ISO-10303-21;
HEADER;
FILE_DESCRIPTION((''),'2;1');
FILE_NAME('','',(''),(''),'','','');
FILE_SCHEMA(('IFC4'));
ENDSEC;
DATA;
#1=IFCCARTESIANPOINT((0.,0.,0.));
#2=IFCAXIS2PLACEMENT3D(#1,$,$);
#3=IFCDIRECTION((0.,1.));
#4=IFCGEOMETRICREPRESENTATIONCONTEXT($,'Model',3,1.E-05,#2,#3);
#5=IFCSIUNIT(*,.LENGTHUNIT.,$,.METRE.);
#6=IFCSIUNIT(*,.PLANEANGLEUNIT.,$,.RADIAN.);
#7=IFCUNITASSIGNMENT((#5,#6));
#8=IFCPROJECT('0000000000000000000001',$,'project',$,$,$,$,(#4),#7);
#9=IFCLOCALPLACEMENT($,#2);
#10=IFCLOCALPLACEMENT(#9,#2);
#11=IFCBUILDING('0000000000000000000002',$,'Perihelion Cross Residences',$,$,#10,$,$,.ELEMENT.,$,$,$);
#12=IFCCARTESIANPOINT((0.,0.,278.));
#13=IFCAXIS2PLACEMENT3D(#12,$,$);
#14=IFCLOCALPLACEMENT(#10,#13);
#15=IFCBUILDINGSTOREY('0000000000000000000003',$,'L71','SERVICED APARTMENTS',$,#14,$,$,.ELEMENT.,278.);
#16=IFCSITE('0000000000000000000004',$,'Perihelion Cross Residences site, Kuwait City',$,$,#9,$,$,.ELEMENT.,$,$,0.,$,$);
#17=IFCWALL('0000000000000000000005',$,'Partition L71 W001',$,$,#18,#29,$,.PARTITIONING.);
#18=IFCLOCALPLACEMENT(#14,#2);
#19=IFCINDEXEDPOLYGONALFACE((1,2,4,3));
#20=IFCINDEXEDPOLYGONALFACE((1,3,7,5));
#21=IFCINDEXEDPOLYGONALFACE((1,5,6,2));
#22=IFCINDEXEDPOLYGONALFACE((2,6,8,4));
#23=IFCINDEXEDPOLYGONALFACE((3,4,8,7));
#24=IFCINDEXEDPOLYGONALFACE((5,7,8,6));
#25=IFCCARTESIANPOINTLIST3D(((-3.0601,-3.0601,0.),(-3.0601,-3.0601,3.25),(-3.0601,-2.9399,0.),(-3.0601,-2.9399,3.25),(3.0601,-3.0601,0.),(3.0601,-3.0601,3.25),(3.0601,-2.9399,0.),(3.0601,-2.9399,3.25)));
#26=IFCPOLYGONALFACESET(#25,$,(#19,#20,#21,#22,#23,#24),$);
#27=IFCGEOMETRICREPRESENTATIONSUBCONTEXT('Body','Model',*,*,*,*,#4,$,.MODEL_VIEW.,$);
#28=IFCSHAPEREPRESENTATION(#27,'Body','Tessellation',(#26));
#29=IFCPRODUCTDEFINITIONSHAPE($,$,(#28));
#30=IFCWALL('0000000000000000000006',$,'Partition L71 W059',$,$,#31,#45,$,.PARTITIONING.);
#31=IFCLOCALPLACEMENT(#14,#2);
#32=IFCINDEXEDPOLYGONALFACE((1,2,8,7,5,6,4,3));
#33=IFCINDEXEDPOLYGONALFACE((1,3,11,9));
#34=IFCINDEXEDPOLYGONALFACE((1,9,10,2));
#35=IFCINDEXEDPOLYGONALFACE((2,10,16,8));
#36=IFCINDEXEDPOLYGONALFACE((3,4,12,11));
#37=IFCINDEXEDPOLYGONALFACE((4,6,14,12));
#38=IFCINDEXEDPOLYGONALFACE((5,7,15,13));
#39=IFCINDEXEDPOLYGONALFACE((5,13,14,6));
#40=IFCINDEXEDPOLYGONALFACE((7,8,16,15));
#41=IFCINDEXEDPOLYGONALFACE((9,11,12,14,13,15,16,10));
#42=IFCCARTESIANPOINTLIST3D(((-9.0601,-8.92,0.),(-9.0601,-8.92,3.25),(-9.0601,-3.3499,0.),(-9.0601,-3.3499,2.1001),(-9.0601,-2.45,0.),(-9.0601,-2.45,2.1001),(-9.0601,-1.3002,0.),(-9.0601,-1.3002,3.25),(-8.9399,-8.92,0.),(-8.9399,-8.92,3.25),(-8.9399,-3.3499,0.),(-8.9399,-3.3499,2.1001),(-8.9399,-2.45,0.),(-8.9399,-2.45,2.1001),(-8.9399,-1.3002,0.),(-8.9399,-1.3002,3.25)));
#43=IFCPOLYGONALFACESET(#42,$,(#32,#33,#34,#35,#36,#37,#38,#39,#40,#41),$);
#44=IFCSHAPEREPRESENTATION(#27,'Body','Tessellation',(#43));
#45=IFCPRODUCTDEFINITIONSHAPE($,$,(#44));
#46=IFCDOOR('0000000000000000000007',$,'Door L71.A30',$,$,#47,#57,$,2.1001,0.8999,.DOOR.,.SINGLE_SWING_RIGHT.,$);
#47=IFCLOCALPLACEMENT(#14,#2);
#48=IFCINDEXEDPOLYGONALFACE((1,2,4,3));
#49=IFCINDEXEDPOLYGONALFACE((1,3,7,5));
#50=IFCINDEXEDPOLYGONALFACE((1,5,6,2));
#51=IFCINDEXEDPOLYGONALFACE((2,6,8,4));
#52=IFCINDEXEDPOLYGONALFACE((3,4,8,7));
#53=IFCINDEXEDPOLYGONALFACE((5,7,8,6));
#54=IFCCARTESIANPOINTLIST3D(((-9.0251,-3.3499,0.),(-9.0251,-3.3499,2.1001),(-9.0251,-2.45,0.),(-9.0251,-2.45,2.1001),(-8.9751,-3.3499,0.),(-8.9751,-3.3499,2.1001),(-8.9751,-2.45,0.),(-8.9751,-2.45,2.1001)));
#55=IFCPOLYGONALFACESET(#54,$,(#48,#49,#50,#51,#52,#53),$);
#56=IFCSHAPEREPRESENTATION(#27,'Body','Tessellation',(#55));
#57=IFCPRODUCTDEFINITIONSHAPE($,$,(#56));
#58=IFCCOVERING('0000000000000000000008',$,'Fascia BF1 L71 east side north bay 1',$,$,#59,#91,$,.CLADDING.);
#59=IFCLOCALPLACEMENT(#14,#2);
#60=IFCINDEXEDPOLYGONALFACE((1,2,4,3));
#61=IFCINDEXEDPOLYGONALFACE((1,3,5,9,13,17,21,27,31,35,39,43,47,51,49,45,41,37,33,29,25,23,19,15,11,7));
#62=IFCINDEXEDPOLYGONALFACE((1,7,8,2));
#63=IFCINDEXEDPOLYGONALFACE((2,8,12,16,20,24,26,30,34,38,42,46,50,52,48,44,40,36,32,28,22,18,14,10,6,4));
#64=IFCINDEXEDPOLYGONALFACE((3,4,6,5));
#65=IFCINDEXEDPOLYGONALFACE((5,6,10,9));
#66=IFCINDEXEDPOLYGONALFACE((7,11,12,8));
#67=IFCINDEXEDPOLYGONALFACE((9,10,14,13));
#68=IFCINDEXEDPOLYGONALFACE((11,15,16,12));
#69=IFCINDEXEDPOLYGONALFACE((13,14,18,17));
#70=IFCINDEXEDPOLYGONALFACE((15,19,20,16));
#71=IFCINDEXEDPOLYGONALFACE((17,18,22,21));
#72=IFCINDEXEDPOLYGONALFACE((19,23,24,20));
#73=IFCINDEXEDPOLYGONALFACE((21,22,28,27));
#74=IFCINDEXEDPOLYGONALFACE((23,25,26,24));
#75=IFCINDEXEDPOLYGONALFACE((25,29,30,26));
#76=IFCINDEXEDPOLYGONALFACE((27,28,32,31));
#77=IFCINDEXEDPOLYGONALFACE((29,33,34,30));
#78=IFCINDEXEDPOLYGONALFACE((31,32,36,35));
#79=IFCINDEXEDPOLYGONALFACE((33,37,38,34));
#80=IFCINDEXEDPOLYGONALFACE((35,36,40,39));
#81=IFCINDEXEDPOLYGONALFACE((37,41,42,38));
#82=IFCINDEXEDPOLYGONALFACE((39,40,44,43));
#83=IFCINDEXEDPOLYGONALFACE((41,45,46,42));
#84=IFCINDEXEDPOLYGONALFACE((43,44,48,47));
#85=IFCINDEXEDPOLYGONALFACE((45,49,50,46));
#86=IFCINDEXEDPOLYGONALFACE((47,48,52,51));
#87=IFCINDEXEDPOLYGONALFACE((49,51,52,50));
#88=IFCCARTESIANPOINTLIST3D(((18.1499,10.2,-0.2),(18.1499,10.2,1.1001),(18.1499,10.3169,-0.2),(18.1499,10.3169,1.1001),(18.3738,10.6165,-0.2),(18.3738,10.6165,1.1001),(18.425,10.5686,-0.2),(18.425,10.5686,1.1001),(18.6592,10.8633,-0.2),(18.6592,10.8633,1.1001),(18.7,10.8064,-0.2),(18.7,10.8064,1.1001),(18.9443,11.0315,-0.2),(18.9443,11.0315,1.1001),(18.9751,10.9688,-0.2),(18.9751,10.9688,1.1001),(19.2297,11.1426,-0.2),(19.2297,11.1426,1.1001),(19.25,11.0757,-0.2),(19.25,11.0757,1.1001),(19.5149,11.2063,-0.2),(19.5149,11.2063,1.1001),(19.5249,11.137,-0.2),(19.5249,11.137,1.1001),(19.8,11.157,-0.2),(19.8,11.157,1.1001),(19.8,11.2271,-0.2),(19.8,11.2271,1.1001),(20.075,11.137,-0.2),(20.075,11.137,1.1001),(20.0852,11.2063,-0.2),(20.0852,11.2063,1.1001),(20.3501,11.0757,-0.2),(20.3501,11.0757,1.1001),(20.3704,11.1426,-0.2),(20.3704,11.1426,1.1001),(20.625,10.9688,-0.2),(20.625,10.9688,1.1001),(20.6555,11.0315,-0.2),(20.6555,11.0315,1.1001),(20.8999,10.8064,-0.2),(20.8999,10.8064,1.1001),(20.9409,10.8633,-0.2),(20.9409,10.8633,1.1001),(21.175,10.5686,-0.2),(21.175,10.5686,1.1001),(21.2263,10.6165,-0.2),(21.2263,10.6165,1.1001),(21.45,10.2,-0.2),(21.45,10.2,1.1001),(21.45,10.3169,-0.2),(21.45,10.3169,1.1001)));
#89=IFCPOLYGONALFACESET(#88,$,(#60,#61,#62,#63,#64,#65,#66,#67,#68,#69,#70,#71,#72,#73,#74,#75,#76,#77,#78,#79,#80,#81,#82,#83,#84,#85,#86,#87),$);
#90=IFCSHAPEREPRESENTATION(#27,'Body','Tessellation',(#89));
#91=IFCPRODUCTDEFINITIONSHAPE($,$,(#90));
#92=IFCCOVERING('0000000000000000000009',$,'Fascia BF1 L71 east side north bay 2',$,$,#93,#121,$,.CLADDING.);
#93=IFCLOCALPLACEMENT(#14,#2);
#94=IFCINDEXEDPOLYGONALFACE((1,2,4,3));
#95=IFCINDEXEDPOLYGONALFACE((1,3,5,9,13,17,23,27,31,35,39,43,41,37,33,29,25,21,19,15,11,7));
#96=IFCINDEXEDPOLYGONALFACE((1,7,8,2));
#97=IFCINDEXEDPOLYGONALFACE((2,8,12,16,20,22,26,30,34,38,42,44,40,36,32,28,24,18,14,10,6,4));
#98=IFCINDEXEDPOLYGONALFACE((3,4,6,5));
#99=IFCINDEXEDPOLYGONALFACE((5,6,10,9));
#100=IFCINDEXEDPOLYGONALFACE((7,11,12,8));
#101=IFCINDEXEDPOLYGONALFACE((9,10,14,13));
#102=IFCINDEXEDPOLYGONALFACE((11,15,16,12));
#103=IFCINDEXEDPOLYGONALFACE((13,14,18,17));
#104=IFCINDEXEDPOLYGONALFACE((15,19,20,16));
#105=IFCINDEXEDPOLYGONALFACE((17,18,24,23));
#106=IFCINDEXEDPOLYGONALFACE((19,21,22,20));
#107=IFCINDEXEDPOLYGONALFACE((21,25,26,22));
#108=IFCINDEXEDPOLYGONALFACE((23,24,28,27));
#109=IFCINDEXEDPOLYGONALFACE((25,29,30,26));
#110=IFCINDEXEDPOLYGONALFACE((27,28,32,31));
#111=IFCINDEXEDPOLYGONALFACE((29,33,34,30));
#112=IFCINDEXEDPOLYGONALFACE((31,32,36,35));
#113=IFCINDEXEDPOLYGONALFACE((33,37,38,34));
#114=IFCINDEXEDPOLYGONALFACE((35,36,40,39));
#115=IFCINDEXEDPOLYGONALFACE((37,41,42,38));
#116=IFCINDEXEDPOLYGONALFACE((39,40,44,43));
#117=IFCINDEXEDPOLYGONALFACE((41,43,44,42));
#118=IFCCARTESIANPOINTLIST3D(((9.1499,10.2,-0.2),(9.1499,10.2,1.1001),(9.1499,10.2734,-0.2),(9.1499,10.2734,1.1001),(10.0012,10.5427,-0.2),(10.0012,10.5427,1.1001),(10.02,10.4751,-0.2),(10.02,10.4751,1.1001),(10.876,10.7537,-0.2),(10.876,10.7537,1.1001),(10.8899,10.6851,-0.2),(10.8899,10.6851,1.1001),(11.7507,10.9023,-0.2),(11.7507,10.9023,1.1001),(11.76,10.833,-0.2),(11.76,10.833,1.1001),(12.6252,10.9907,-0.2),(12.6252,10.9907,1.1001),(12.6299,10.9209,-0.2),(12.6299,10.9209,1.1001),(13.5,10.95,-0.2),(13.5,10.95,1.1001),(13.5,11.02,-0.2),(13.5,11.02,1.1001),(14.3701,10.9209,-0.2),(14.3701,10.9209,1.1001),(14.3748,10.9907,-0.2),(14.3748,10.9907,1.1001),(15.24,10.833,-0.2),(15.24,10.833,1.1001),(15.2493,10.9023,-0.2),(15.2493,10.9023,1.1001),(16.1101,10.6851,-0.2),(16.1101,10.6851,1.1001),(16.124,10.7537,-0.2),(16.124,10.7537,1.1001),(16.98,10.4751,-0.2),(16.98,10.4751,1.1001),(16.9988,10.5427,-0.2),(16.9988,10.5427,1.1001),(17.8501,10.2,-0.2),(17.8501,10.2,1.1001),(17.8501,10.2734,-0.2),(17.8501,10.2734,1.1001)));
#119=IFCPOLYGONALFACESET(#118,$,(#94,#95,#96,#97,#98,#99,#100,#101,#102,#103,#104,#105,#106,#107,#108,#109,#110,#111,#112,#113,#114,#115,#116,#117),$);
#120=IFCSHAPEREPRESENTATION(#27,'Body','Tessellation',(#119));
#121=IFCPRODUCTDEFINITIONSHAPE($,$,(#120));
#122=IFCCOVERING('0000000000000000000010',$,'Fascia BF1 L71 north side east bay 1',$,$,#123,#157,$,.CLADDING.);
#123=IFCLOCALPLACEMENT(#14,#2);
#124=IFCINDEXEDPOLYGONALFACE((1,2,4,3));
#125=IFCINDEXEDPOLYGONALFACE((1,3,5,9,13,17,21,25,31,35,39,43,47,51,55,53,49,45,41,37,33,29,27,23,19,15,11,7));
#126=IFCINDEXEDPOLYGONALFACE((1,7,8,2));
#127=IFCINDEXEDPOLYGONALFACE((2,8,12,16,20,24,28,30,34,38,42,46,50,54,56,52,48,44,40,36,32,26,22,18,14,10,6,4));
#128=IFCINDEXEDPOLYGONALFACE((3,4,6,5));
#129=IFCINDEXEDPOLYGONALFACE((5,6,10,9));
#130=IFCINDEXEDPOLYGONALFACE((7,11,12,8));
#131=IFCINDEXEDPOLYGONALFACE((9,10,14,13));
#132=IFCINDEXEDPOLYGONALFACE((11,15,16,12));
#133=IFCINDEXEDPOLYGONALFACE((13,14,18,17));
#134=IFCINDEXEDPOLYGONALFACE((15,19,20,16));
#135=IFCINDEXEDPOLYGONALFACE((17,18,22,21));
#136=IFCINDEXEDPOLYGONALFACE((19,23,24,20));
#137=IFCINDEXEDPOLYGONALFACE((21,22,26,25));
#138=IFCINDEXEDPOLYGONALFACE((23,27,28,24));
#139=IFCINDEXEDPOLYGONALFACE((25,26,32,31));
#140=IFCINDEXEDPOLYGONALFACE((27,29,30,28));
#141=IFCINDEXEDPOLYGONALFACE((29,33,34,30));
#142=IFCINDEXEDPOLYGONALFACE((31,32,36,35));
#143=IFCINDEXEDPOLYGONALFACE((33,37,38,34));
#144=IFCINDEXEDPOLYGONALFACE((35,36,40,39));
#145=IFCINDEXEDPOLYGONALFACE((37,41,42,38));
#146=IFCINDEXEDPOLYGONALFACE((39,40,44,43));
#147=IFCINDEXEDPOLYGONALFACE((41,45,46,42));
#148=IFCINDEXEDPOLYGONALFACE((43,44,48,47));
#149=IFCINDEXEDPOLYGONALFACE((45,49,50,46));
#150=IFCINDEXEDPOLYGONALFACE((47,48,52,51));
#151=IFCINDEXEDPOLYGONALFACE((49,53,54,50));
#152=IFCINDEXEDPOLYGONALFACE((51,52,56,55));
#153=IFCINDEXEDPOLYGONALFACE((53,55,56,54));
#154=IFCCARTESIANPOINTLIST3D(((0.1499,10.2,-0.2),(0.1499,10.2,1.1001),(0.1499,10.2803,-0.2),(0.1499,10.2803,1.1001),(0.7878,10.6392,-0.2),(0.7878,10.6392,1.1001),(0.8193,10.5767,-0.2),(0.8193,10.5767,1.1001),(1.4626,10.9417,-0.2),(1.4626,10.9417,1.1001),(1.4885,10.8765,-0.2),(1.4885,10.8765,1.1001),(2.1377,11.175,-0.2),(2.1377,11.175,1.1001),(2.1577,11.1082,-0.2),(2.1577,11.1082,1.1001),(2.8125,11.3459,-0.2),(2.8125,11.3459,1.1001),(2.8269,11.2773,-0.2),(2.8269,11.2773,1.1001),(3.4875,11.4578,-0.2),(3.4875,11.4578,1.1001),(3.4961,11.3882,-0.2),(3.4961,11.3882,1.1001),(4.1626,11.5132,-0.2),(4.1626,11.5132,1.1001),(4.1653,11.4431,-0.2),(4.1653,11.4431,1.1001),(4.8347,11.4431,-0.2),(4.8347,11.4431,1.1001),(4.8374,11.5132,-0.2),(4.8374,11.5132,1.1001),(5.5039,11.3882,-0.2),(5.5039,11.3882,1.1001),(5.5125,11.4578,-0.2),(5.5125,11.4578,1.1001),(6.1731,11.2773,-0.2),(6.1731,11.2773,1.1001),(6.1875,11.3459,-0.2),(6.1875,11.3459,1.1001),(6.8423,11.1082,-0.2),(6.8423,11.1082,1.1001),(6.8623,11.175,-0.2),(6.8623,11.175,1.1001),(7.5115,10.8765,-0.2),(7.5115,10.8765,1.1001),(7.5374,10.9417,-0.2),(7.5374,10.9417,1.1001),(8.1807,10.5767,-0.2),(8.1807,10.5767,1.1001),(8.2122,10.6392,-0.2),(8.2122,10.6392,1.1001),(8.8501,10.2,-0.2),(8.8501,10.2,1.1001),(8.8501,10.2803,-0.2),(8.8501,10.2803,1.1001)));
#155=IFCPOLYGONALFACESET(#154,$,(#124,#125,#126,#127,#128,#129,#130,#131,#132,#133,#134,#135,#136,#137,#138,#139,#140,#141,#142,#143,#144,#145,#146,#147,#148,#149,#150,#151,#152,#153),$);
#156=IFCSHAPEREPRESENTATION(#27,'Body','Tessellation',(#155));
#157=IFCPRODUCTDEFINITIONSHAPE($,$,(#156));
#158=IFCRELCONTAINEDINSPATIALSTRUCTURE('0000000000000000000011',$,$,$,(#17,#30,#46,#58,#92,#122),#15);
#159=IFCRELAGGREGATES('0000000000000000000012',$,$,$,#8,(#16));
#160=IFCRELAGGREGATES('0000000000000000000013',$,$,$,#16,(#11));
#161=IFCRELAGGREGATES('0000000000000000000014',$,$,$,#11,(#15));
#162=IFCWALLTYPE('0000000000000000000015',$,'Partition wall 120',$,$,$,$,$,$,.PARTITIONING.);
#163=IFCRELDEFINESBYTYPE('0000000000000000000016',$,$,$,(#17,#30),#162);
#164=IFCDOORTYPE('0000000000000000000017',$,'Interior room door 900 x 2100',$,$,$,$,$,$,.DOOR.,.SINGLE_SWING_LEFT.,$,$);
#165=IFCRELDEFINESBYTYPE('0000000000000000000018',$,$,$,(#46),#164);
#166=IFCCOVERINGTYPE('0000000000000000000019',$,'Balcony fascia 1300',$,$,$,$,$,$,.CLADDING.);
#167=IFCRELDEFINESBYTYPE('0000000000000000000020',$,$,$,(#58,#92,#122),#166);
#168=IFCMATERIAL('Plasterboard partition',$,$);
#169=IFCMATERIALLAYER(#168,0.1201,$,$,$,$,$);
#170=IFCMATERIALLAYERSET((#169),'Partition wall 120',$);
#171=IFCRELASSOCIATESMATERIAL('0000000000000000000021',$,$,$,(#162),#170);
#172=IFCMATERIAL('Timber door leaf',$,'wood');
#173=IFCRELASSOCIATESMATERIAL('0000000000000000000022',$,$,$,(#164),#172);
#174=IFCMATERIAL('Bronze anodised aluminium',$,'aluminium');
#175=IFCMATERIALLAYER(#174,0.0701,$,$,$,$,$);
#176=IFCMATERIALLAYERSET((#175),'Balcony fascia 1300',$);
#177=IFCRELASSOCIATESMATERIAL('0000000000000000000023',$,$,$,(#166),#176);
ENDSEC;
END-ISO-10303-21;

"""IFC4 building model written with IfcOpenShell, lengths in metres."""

from ifc_helpers import new_model, si_unit, direction, frame, frame_2d, origin, place, context, subcontext, project, spatial, polyline, rectangle, outline, extrude, material, layer, layer_set, type_object, element, fill, save


model = new_model("IFC4")

# Units and contexts
model_context = context("Model", 3, precision=1e-05, world=origin(), true_north=direction((0.0, 1.0)))
body_context = subcontext(model_context, "Body", "Model", "MODEL_VIEW")
ifc_project = project(units=[si_unit("LENGTHUNIT", "METRE"), si_unit("PLANEANGLEUNIT", "RADIAN")], contexts=[model_context])

# Site, building, storey
site_placement = place(None, origin())
site = spatial("IfcSite", under=ifc_project, at=site_placement, Name="Perihelion Cross Residences site, Kuwait City", CompositionType="ELEMENT", RefElevation=0.0)
building_placement = place(site_placement, origin())
building = spatial("IfcBuilding", under=site, at=building_placement, Name="Perihelion Cross Residences", CompositionType="ELEMENT")
storey_placement = place(building_placement, frame((0.0, 0.0, 278.0)))
storey = spatial("IfcBuildingStorey", under=building, at=storey_placement, Name="L71", Description="SERVICED APARTMENTS", CompositionType="ELEMENT", Elevation=278.0)

# Wall
ifc_material_1 = material(Name="Plasterboard partition")
ifc_layer_1 = layer(ifc_material_1, 0.1201)
ifc_layer_set_1 = layer_set([ifc_layer_1], Name="Partition wall 120")
wall_type_1 = type_object("IfcWallType", Name="Partition wall 120", PredefinedType="PARTITIONING", material=ifc_layer_set_1)
wall_1_placement = place(storey_placement, frame((-3.0601, -3.0, 0.0), z_axis=(0.0, 0.0, 1.0), x_axis=(1.0, 0.0, 0.0)))
element("IfcWall", 1, at=wall_1_placement, inside=storey, type_object=wall_type_1, Name="Partition L71 W001", PredefinedType="PARTITIONING", context=body_context, shape_type="SweptSolid", body=[
    extrude(rectangle(XDim=6.1201, YDim=0.1201, at=frame_2d((3.0601, 0.0))), origin(), (0.0, 0.0, 1.0), 3.25),
])

# Wall, opening, door
wall_2_placement = place(storey_placement, frame((-9.0, -1.3, 0.0), z_axis=(0.0, 0.0, 1.0), x_axis=(0.0, -1.0, 0.0)))
wall_2 = element("IfcWall", 2, at=wall_2_placement, inside=storey, type_object=wall_type_1, Name="Partition L71 W059", PredefinedType="PARTITIONING", context=body_context, shape_type="SweptSolid", body=[
    extrude(rectangle(XDim=7.6199, YDim=0.1201, at=frame_2d((3.8101, 0.0))), origin(), (0.0, 0.0, 1.0), 3.25),
])
opening_1_placement = place(wall_2_placement, frame((1.1499, 0.0, 0.0)))
opening_1 = element("IfcOpeningElement", 3, at=opening_1_placement, cuts=wall_2, PredefinedType="OPENING", context=body_context, shape_type="SweptSolid", body=[
    extrude(rectangle(XDim=0.8999, YDim=2.1001, at=frame_2d((0.45, 1.05))), frame((0.0, 0.0701, 0.0), z_axis=(0.0, -1.0, 0.0), x_axis=(1.0, 0.0, 0.0)), (0.0, 0.0, 1.0), 0.1401),
])
ifc_material_2 = material(Name="Timber door leaf", Category="wood")
door_type_1 = type_object("IfcDoorType", Name="Interior room door 900 x 2100", OperationType="SINGLE_SWING_LEFT", PredefinedType="DOOR", material=ifc_material_2)
door_1_placement = place(opening_1_placement, origin())
door_1 = element("IfcDoor", 4, at=door_1_placement, inside=storey, type_object=door_type_1, Name="Door L71.A30", OperationType="SINGLE_SWING_RIGHT", OverallHeight=2.1001, OverallWidth=0.8999, PredefinedType="DOOR", context=body_context, shape_type="SweptSolid", body=[
    extrude(rectangle(XDim=0.8999, YDim=2.1001, at=frame_2d((0.45, 1.05))), frame((0.0, 0.0249, 0.0), z_axis=(0.0, -1.0, 0.0), x_axis=(1.0, 0.0, 0.0)), (0.0, 0.0, 1.0), 0.05),
])
fill(opening_1, door_1)

# Coverings
ifc_material_3 = material(Name="Bronze anodised aluminium", Category="aluminium")
ifc_layer_2 = layer(ifc_material_3, 0.0701)
ifc_layer_set_2 = layer_set([ifc_layer_2], Name="Balcony fascia 1300")
covering_type = type_object("IfcCoveringType", Name="Balcony fascia 1300", PredefinedType="CLADDING", material=ifc_layer_set_2)
covering_1_placement = place(storey_placement, frame((0.0, 0.0, -0.2)))
element("IfcCovering", 5, at=covering_1_placement, inside=storey, type_object=covering_type, Name="Fascia BF1 L71 east side north bay 1", PredefinedType="CLADDING", context=body_context, shape_type="SweptSolid", body=[
    extrude(outline(polyline([(21.2263, 10.6165), (20.9409, 10.8633), (20.6555, 11.0315), (20.3704, 11.1426), (20.0852, 11.2063), (19.8, 11.2271), (19.5149, 11.2063), (19.2297, 11.1426), (18.9443, 11.0315), (18.6592, 10.8633), (18.3738, 10.6165), (18.1499, 10.3169), (18.1499, 10.2), (18.425, 10.5686), (18.7, 10.8064), (18.9751, 10.9688), (19.25, 11.0757), (19.5249, 11.137), (19.8, 11.157), (20.075, 11.137), (20.3501, 11.0757), (20.625, 10.9688), (20.8999, 10.8064), (21.175, 10.5686), (21.45, 10.2), (21.45, 10.3169), (21.2263, 10.6165)])), origin(), (0.0, 0.0, 1.0), 1.3),
])
covering_2_placement = place(storey_placement, frame((0.0, 0.0, -0.2)))
element("IfcCovering", 6, at=covering_2_placement, inside=storey, type_object=covering_type, Name="Fascia BF1 L71 east side north bay 2", PredefinedType="CLADDING", context=body_context, shape_type="SweptSolid", body=[
    extrude(outline(polyline([(16.9988, 10.5427), (16.124, 10.7537), (15.2493, 10.9023), (14.3748, 10.9907), (13.5, 11.02), (12.6252, 10.9907), (11.7507, 10.9023), (10.876, 10.7537), (10.0012, 10.5427), (9.1499, 10.2734), (9.1499, 10.2), (10.02, 10.4751), (10.8899, 10.6851), (11.76, 10.833), (12.6299, 10.9209), (13.5, 10.95), (14.3701, 10.9209), (15.24, 10.833), (16.1101, 10.6851), (16.98, 10.4751), (17.8501, 10.2), (17.8501, 10.2734), (16.9988, 10.5427)])), origin(), (0.0, 0.0, 1.0), 1.3),
])
covering_3_placement = place(storey_placement, frame((0.0, 0.0, -0.2)))
element("IfcCovering", 7, at=covering_3_placement, inside=storey, type_object=covering_type, Name="Fascia BF1 L71 north side east bay 1", PredefinedType="CLADDING", context=body_context, shape_type="SweptSolid", body=[
    extrude(outline(polyline([(8.2122, 10.6392), (7.5374, 10.9417), (6.8623, 11.175), (6.1875, 11.3459), (5.5125, 11.4578), (4.8374, 11.5132), (4.1626, 11.5132), (3.4875, 11.4578), (2.8125, 11.3459), (2.1377, 11.175), (1.4626, 10.9417), (0.7878, 10.6392), (0.1499, 10.2803), (0.1499, 10.2), (0.8193, 10.5767), (1.4885, 10.8765), (2.1577, 11.1082), (2.8269, 11.2773), (3.4961, 11.3882), (4.1653, 11.4431), (4.8347, 11.4431), (5.5039, 11.3882), (6.1731, 11.2773), (6.8423, 11.1082), (7.5115, 10.8765), (8.1807, 10.5767), (8.8501, 10.2), (8.8501, 10.2803), (8.2122, 10.6392)])), origin(), (0.0, 0.0, 1.0), 1.3),
])

save(model, "model.ifc")
